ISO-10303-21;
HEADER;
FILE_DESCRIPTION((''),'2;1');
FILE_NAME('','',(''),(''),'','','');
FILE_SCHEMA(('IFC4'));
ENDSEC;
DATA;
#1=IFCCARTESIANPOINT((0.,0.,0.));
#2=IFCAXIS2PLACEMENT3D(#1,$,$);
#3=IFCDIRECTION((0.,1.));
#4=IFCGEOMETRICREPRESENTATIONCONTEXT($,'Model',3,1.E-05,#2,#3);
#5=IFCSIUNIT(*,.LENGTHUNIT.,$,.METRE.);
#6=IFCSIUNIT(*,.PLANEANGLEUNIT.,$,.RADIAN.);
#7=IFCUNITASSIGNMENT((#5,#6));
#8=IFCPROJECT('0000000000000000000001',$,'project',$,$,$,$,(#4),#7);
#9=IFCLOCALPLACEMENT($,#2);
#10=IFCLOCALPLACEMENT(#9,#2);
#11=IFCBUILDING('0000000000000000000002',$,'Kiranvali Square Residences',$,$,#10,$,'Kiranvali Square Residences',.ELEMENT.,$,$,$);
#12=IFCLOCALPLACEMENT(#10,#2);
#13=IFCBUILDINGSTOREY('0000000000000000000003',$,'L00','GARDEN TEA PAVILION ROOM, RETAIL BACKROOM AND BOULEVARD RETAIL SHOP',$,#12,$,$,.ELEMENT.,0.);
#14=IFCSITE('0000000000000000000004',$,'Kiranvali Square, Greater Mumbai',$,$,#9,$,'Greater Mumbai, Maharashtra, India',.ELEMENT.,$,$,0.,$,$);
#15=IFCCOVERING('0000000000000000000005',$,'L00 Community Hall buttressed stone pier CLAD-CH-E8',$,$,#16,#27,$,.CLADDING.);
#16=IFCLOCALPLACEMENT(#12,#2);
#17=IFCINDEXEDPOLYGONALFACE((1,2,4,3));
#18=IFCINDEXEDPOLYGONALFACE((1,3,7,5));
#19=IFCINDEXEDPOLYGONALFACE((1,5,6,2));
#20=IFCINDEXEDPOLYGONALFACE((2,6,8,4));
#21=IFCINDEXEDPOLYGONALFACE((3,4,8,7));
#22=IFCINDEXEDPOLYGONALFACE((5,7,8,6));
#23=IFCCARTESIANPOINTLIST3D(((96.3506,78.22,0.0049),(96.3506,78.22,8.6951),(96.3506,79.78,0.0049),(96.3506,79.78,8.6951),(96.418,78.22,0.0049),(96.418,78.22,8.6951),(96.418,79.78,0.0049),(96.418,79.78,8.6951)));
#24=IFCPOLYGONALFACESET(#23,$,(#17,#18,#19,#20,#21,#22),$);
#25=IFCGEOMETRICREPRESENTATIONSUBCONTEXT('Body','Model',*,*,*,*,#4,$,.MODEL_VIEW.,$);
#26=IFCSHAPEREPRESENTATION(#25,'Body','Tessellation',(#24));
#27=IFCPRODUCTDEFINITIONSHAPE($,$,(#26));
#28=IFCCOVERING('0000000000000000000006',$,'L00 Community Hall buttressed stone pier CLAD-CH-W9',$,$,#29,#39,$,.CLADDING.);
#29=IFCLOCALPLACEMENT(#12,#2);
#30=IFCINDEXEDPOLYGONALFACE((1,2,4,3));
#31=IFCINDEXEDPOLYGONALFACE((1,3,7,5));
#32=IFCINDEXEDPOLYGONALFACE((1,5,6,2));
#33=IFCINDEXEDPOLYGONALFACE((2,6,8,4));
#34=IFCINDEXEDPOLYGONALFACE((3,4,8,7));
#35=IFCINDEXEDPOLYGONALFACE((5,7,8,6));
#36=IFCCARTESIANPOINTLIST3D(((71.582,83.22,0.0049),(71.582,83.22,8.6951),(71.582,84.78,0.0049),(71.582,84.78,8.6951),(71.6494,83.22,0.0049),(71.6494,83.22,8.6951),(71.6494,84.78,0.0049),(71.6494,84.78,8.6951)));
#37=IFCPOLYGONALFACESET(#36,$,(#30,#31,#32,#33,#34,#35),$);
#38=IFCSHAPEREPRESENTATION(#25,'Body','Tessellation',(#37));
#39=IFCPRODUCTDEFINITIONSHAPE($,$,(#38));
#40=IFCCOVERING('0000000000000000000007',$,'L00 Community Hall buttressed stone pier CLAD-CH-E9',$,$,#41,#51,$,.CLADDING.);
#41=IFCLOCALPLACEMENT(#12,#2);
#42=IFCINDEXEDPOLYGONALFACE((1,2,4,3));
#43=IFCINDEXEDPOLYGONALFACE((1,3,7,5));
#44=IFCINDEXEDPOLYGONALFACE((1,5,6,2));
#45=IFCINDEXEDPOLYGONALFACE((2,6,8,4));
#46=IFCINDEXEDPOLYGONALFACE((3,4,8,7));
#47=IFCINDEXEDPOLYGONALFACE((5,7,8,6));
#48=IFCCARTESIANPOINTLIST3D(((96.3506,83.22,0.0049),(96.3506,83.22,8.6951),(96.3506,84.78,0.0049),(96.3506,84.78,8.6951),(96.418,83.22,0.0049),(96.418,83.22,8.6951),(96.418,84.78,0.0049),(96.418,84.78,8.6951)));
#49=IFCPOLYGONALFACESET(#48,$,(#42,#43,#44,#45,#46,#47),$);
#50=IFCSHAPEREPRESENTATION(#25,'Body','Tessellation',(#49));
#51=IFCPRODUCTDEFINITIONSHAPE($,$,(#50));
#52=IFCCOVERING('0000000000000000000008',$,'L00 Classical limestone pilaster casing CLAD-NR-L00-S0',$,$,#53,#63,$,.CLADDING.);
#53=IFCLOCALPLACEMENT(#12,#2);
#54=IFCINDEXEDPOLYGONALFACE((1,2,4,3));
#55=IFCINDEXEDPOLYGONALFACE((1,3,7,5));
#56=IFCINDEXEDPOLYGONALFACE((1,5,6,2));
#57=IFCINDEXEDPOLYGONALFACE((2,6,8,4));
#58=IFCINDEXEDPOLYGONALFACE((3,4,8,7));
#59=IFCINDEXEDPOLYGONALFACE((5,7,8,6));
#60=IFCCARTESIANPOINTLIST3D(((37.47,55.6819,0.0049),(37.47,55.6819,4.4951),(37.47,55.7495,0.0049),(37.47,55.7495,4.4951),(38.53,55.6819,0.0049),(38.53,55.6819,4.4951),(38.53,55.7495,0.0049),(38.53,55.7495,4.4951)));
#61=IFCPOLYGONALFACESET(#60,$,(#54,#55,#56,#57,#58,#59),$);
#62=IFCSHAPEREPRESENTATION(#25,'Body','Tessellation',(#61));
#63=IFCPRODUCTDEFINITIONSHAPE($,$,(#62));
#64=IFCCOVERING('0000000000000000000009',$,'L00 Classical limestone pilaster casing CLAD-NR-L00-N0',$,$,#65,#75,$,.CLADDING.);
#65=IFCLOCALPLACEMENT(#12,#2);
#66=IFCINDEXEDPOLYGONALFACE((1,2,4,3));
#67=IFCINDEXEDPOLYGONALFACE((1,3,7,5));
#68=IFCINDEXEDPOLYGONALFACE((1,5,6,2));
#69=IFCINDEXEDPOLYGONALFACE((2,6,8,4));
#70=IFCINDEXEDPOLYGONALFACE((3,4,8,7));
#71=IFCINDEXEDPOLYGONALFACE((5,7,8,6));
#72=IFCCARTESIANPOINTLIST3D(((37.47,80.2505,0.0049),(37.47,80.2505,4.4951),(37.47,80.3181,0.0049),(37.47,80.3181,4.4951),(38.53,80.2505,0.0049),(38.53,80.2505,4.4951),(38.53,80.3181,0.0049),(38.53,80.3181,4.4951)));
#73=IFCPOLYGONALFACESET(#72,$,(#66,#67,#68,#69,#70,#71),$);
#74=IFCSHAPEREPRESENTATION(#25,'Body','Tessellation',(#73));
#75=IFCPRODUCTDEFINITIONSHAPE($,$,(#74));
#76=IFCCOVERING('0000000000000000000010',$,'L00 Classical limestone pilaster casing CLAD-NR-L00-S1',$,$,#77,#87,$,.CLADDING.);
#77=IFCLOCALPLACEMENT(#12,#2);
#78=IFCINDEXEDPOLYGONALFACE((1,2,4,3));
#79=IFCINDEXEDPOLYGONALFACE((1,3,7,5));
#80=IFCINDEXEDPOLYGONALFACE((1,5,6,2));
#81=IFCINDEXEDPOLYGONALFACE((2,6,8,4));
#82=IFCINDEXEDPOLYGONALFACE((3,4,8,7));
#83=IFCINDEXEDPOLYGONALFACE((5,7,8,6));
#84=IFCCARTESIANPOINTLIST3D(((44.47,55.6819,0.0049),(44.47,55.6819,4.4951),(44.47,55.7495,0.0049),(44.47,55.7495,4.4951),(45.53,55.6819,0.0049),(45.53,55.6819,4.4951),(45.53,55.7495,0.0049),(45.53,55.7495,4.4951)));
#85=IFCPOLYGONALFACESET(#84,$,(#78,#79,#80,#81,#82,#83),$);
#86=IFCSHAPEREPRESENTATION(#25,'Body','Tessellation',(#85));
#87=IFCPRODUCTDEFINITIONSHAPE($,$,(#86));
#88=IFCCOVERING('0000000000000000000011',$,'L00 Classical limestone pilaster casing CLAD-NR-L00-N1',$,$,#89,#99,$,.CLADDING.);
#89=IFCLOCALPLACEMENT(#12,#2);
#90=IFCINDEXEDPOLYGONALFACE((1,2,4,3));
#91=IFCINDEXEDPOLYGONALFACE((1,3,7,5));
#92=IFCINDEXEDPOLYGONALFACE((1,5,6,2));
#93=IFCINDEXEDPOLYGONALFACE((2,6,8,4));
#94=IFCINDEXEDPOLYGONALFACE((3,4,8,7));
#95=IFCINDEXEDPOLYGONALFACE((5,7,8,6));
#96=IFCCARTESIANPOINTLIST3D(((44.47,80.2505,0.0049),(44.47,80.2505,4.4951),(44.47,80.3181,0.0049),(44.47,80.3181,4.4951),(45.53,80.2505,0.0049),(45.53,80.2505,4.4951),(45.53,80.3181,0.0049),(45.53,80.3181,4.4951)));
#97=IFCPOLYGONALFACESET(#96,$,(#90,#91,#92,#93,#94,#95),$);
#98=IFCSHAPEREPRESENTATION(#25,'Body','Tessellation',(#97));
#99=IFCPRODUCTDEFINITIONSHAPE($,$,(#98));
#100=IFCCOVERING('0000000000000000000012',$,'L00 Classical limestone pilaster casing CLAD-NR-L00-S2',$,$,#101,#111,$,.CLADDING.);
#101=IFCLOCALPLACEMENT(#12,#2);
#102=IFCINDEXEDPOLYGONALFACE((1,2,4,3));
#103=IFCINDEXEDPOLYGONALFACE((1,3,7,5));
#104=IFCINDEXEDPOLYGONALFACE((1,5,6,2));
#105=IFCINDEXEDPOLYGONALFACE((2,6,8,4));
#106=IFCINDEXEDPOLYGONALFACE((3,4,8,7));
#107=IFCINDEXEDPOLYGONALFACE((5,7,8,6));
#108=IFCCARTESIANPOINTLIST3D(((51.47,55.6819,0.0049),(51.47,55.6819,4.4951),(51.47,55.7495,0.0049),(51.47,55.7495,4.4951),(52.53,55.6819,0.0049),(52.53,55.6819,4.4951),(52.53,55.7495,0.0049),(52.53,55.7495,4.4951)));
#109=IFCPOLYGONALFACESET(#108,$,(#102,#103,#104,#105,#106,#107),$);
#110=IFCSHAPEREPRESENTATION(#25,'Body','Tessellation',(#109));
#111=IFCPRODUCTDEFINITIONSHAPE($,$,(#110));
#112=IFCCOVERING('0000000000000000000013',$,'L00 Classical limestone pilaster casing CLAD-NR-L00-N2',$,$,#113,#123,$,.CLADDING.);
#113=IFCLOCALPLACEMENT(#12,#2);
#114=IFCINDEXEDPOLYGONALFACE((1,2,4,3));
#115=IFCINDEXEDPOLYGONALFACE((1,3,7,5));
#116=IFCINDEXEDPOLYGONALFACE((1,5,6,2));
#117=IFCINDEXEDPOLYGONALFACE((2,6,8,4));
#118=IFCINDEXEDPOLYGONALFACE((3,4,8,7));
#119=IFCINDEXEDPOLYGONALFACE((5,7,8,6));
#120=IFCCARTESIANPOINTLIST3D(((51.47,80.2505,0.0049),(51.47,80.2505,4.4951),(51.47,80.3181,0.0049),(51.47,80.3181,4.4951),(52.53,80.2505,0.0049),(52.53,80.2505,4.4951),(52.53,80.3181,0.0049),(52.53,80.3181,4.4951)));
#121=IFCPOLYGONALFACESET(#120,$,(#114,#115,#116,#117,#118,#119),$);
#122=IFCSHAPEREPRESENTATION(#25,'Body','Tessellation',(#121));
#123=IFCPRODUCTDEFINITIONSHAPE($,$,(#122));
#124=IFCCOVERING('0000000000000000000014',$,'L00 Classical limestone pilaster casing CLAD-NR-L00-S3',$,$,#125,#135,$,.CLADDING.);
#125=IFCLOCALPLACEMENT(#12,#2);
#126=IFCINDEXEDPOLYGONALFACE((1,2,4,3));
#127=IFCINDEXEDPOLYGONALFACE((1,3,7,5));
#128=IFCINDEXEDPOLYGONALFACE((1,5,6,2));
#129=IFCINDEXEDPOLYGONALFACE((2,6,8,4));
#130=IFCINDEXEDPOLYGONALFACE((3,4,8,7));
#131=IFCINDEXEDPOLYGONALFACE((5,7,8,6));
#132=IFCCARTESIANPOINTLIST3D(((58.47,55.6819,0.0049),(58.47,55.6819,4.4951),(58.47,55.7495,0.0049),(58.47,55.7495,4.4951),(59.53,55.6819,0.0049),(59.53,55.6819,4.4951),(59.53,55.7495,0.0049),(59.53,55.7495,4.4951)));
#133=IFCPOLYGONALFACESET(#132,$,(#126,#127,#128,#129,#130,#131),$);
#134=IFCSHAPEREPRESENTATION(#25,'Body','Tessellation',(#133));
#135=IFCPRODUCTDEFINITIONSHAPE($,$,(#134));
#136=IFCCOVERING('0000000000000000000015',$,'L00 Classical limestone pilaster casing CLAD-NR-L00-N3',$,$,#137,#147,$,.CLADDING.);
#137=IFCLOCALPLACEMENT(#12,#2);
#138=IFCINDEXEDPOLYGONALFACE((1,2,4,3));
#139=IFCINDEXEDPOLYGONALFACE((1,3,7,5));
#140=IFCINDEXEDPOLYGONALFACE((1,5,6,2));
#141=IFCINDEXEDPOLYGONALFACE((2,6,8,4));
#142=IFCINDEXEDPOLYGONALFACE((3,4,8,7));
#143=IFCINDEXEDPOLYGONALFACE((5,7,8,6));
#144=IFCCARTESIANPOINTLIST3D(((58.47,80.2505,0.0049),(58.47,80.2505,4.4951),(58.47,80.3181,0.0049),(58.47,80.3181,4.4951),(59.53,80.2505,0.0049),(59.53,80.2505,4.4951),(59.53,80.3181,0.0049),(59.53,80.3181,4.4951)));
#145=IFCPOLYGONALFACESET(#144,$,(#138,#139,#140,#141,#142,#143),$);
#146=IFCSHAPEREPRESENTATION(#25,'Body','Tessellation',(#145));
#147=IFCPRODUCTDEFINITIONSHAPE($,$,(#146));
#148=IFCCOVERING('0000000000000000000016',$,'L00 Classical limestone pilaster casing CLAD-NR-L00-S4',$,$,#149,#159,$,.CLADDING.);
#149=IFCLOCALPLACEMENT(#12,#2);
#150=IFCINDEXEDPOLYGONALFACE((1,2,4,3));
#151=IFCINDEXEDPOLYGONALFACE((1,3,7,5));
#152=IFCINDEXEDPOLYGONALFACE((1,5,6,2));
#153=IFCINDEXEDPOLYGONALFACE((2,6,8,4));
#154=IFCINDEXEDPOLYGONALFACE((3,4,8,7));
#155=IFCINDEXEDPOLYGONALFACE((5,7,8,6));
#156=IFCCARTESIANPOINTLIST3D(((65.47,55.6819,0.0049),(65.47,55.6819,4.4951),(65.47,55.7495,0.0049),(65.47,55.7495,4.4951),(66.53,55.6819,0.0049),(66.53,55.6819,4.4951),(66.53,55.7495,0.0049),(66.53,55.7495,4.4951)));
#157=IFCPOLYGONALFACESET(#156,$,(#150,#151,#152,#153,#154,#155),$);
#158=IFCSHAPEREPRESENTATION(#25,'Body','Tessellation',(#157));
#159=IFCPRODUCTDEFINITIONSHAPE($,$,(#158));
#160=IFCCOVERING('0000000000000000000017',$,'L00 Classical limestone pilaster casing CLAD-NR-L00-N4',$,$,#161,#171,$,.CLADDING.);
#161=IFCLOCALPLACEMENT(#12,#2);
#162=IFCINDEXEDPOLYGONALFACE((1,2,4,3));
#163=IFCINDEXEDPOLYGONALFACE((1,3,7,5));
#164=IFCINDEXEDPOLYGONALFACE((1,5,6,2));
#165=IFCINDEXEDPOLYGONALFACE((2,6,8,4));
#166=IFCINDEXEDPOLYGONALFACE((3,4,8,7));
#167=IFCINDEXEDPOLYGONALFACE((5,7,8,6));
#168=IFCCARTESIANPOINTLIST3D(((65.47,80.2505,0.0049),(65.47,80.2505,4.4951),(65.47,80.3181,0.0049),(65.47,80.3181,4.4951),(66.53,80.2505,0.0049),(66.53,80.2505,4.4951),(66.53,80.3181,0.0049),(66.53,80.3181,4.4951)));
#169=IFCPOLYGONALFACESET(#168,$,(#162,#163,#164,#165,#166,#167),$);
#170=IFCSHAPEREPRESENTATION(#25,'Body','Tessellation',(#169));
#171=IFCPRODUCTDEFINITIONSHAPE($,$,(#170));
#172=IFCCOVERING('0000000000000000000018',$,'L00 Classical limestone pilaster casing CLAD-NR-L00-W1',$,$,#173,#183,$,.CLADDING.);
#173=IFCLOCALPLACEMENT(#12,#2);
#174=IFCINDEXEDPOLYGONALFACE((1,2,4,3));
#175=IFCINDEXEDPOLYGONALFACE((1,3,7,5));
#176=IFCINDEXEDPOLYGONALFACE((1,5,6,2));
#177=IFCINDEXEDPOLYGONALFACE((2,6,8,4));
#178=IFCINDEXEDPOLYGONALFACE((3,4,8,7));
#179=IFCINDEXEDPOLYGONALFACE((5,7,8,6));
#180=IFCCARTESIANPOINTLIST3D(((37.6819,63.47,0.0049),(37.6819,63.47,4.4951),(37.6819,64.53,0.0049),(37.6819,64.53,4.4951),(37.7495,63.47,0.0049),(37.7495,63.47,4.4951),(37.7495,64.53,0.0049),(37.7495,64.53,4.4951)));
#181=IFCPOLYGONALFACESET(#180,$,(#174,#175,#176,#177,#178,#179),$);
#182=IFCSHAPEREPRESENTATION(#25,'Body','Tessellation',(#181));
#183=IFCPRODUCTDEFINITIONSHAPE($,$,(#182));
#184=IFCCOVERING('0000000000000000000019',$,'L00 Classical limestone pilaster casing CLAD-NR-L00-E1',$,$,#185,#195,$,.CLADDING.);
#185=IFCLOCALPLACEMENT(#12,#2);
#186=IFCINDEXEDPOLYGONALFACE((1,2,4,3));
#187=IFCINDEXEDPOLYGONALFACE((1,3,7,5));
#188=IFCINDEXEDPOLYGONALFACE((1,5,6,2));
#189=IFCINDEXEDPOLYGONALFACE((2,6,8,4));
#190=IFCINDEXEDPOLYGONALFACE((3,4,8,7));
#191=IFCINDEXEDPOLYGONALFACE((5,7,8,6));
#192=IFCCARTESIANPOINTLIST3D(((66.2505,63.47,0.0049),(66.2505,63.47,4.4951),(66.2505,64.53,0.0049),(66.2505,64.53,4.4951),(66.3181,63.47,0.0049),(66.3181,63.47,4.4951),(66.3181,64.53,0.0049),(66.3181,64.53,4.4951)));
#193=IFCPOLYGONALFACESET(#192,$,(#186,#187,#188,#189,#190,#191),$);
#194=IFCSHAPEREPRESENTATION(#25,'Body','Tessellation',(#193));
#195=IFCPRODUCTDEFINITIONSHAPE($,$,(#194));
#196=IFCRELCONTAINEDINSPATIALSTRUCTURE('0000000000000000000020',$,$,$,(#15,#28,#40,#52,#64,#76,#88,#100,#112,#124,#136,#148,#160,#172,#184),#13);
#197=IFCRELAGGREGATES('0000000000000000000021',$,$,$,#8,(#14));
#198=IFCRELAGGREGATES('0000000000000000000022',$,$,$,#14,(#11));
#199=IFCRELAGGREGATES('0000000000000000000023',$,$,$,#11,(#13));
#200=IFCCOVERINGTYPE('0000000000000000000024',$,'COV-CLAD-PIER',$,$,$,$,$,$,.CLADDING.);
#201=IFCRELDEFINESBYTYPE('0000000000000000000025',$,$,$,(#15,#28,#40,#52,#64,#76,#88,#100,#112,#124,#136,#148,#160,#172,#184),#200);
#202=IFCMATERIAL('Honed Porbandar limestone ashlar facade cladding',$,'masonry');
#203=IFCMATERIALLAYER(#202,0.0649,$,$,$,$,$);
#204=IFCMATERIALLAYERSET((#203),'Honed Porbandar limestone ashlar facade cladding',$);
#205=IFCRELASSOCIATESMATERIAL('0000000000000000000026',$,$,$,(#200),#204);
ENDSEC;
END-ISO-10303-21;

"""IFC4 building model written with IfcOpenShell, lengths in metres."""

from ifc_helpers import new_model, si_unit, direction, frame, origin, place, context, subcontext, project, spatial, polyline, outline, extrude, material, layer, layer_set, type_object, element, save


model = new_model("IFC4")

# Units and contexts
model_context = context("Model", 3, precision=1e-05, world=origin(), true_north=direction((0.0, 1.0)))
body_context = subcontext(model_context, "Body", "Model", "MODEL_VIEW")
ifc_project = project(units=[si_unit("LENGTHUNIT", "METRE"), si_unit("PLANEANGLEUNIT", "RADIAN")], contexts=[model_context])

# Site, building, storey
site_placement = place(None, origin())
site = spatial("IfcSite", under=ifc_project, at=site_placement, Name="Kiranvali Square, Greater Mumbai", LongName="Greater Mumbai, Maharashtra, India", CompositionType="ELEMENT", RefElevation=0.0)
building_placement = place(site_placement, origin())
building = spatial("IfcBuilding", under=site, at=building_placement, Name="Kiranvali Square Residences", LongName="Kiranvali Square Residences", CompositionType="ELEMENT")
storey_placement = place(building_placement, origin())
storey = spatial("IfcBuildingStorey", under=building, at=storey_placement, Name="L00", Description="GARDEN TEA PAVILION ROOM, RETAIL BACKROOM AND BOULEVARD RETAIL SHOP", CompositionType="ELEMENT", Elevation=0.0)

# Coverings
ifc_material = material(Name="Honed Porbandar limestone ashlar facade cladding", Category="masonry")
ifc_layer_1 = layer(ifc_material, 0.0649)
ifc_layer_set_1 = layer_set([ifc_layer_1], Name="Honed Porbandar limestone ashlar facade cladding")
covering_type_1 = type_object("IfcCoveringType", Name="COV-CLAD-PIER", PredefinedType="CLADDING", material=ifc_layer_set_1)
covering_1_placement = place(storey_placement, frame((0.0, 0.0, 0.0049)))
element("IfcCovering", 1, at=covering_1_placement, inside=storey, type_object=covering_type_1, Name="L00 Community Hall buttressed stone pier CLAD-CH-E8", PredefinedType="CLADDING", context=body_context, shape_type="SweptSolid", body=[
    extrude(outline(polyline([(96.418, 78.22), (96.418, 79.78), (96.3506, 79.78), (96.3506, 78.22), (96.418, 78.22)])), origin(), (0.0, 0.0, 1.0), 8.6902),
])
covering_2_placement = place(storey_placement, frame((0.0, 0.0, 0.0049)))
element("IfcCovering", 2, at=covering_2_placement, inside=storey, type_object=covering_type_1, Name="L00 Community Hall buttressed stone pier CLAD-CH-W9", PredefinedType="CLADDING", context=body_context, shape_type="SweptSolid", body=[
    extrude(outline(polyline([(71.6494, 83.22), (71.6494, 84.78), (71.582, 84.78), (71.582, 83.22), (71.6494, 83.22)])), origin(), (0.0, 0.0, 1.0), 8.6902),
])
covering_3_placement = place(storey_placement, frame((0.0, 0.0, 0.0049)))
element("IfcCovering", 3, at=covering_3_placement, inside=storey, type_object=covering_type_1, Name="L00 Community Hall buttressed stone pier CLAD-CH-E9", PredefinedType="CLADDING", context=body_context, shape_type="SweptSolid", body=[
    extrude(outline(polyline([(96.418, 83.22), (96.418, 84.78), (96.3506, 84.78), (96.3506, 83.22), (96.418, 83.22)])), origin(), (0.0, 0.0, 1.0), 8.6902),
])
covering_4_placement = place(storey_placement, frame((0.0, 0.0, 0.0049)))
element("IfcCovering", 4, at=covering_4_placement, inside=storey, type_object=covering_type_1, Name="L00 Classical limestone pilaster casing CLAD-NR-L00-S0", PredefinedType="CLADDING", context=body_context, shape_type="SweptSolid", body=[
    extrude(outline(polyline([(37.47, 55.6819), (38.53, 55.6819), (38.53, 55.7495), (37.47, 55.7495), (37.47, 55.6819)])), origin(), (0.0, 0.0, 1.0), 4.4902),
])
covering_5_placement = place(storey_placement, frame((0.0, 0.0, 0.0049)))
element("IfcCovering", 5, at=covering_5_placement, inside=storey, type_object=covering_type_1, Name="L00 Classical limestone pilaster casing CLAD-NR-L00-N0", PredefinedType="CLADDING", context=body_context, shape_type="SweptSolid", body=[
    extrude(outline(polyline([(37.47, 80.2505), (38.53, 80.2505), (38.53, 80.3181), (37.47, 80.3181), (37.47, 80.2505)])), origin(), (0.0, 0.0, 1.0), 4.4902),
])
covering_6_placement = place(storey_placement, frame((0.0, 0.0, 0.0049)))
element("IfcCovering", 6, at=covering_6_placement, inside=storey, type_object=covering_type_1, Name="L00 Classical limestone pilaster casing CLAD-NR-L00-S1", PredefinedType="CLADDING", context=body_context, shape_type="SweptSolid", body=[
    extrude(outline(polyline([(44.47, 55.6819), (45.53, 55.6819), (45.53, 55.7495), (44.47, 55.7495), (44.47, 55.6819)])), origin(), (0.0, 0.0, 1.0), 4.4902),
])
covering_7_placement = place(storey_placement, frame((0.0, 0.0, 0.0049)))
element("IfcCovering", 7, at=covering_7_placement, inside=storey, type_object=covering_type_1, Name="L00 Classical limestone pilaster casing CLAD-NR-L00-N1", PredefinedType="CLADDING", context=body_context, shape_type="SweptSolid", body=[
    extrude(outline(polyline([(44.47, 80.2505), (45.53, 80.2505), (45.53, 80.3181), (44.47, 80.3181), (44.47, 80.2505)])), origin(), (0.0, 0.0, 1.0), 4.4902),
])
covering_8_placement = place(storey_placement, frame((0.0, 0.0, 0.0049)))
element("IfcCovering", 8, at=covering_8_placement, inside=storey, type_object=covering_type_1, Name="L00 Classical limestone pilaster casing CLAD-NR-L00-S2", PredefinedType="CLADDING", context=body_context, shape_type="SweptSolid", body=[
    extrude(outline(polyline([(51.47, 55.6819), (52.53, 55.6819), (52.53, 55.7495), (51.47, 55.7495), (51.47, 55.6819)])), origin(), (0.0, 0.0, 1.0), 4.4902),
])
covering_9_placement = place(storey_placement, frame((0.0, 0.0, 0.0049)))
element("IfcCovering", 9, at=covering_9_placement, inside=storey, type_object=covering_type_1, Name="L00 Classical limestone pilaster casing CLAD-NR-L00-N2", PredefinedType="CLADDING", context=body_context, shape_type="SweptSolid", body=[
    extrude(outline(polyline([(51.47, 80.2505), (52.53, 80.2505), (52.53, 80.3181), (51.47, 80.3181), (51.47, 80.2505)])), origin(), (0.0, 0.0, 1.0), 4.4902),
])
covering_10_placement = place(storey_placement, frame((0.0, 0.0, 0.0049)))
element("IfcCovering", 10, at=covering_10_placement, inside=storey, type_object=covering_type_1, Name="L00 Classical limestone pilaster casing CLAD-NR-L00-S3", PredefinedType="CLADDING", context=body_context, shape_type="SweptSolid", body=[
    extrude(outline(polyline([(58.47, 55.6819), (59.53, 55.6819), (59.53, 55.7495), (58.47, 55.7495), (58.47, 55.6819)])), origin(), (0.0, 0.0, 1.0), 4.4902),
])
covering_11_placement = place(storey_placement, frame((0.0, 0.0, 0.0049)))
element("IfcCovering", 11, at=covering_11_placement, inside=storey, type_object=covering_type_1, Name="L00 Classical limestone pilaster casing CLAD-NR-L00-N3", PredefinedType="CLADDING", context=body_context, shape_type="SweptSolid", body=[
    extrude(outline(polyline([(58.47, 80.2505), (59.53, 80.2505), (59.53, 80.3181), (58.47, 80.3181), (58.47, 80.2505)])), origin(), (0.0, 0.0, 1.0), 4.4902),
])
covering_12_placement = place(storey_placement, frame((0.0, 0.0, 0.0049)))
element("IfcCovering", 12, at=covering_12_placement, inside=storey, type_object=covering_type_1, Name="L00 Classical limestone pilaster casing CLAD-NR-L00-S4", PredefinedType="CLADDING", context=body_context, shape_type="SweptSolid", body=[
    extrude(outline(polyline([(65.47, 55.6819), (66.53, 55.6819), (66.53, 55.7495), (65.47, 55.7495), (65.47, 55.6819)])), origin(), (0.0, 0.0, 1.0), 4.4902),
])
covering_13_placement = place(storey_placement, frame((0.0, 0.0, 0.0049)))
element("IfcCovering", 13, at=covering_13_placement, inside=storey, type_object=covering_type_1, Name="L00 Classical limestone pilaster casing CLAD-NR-L00-N4", PredefinedType="CLADDING", context=body_context, shape_type="SweptSolid", body=[
    extrude(outline(polyline([(65.47, 80.2505), (66.53, 80.2505), (66.53, 80.3181), (65.47, 80.3181), (65.47, 80.2505)])), origin(), (0.0, 0.0, 1.0), 4.4902),
])
covering_14_placement = place(storey_placement, frame((0.0, 0.0, 0.0049)))
element("IfcCovering", 14, at=covering_14_placement, inside=storey, type_object=covering_type_1, Name="L00 Classical limestone pilaster casing CLAD-NR-L00-W1", PredefinedType="CLADDING", context=body_context, shape_type="SweptSolid", body=[
    extrude(outline(polyline([(37.7495, 63.47), (37.7495, 64.53), (37.6819, 64.53), (37.6819, 63.47), (37.7495, 63.47)])), origin(), (0.0, 0.0, 1.0), 4.4902),
])
covering_15_placement = place(storey_placement, frame((0.0, 0.0, 0.0049)))
element("IfcCovering", 15, at=covering_15_placement, inside=storey, type_object=covering_type_1, Name="L00 Classical limestone pilaster casing CLAD-NR-L00-E1", PredefinedType="CLADDING", context=body_context, shape_type="SweptSolid", body=[
    extrude(outline(polyline([(66.3181, 63.47), (66.3181, 64.53), (66.2505, 64.53), (66.2505, 63.47), (66.3181, 63.47)])), origin(), (0.0, 0.0, 1.0), 4.4902),
])

save(model, "model.ifc")
